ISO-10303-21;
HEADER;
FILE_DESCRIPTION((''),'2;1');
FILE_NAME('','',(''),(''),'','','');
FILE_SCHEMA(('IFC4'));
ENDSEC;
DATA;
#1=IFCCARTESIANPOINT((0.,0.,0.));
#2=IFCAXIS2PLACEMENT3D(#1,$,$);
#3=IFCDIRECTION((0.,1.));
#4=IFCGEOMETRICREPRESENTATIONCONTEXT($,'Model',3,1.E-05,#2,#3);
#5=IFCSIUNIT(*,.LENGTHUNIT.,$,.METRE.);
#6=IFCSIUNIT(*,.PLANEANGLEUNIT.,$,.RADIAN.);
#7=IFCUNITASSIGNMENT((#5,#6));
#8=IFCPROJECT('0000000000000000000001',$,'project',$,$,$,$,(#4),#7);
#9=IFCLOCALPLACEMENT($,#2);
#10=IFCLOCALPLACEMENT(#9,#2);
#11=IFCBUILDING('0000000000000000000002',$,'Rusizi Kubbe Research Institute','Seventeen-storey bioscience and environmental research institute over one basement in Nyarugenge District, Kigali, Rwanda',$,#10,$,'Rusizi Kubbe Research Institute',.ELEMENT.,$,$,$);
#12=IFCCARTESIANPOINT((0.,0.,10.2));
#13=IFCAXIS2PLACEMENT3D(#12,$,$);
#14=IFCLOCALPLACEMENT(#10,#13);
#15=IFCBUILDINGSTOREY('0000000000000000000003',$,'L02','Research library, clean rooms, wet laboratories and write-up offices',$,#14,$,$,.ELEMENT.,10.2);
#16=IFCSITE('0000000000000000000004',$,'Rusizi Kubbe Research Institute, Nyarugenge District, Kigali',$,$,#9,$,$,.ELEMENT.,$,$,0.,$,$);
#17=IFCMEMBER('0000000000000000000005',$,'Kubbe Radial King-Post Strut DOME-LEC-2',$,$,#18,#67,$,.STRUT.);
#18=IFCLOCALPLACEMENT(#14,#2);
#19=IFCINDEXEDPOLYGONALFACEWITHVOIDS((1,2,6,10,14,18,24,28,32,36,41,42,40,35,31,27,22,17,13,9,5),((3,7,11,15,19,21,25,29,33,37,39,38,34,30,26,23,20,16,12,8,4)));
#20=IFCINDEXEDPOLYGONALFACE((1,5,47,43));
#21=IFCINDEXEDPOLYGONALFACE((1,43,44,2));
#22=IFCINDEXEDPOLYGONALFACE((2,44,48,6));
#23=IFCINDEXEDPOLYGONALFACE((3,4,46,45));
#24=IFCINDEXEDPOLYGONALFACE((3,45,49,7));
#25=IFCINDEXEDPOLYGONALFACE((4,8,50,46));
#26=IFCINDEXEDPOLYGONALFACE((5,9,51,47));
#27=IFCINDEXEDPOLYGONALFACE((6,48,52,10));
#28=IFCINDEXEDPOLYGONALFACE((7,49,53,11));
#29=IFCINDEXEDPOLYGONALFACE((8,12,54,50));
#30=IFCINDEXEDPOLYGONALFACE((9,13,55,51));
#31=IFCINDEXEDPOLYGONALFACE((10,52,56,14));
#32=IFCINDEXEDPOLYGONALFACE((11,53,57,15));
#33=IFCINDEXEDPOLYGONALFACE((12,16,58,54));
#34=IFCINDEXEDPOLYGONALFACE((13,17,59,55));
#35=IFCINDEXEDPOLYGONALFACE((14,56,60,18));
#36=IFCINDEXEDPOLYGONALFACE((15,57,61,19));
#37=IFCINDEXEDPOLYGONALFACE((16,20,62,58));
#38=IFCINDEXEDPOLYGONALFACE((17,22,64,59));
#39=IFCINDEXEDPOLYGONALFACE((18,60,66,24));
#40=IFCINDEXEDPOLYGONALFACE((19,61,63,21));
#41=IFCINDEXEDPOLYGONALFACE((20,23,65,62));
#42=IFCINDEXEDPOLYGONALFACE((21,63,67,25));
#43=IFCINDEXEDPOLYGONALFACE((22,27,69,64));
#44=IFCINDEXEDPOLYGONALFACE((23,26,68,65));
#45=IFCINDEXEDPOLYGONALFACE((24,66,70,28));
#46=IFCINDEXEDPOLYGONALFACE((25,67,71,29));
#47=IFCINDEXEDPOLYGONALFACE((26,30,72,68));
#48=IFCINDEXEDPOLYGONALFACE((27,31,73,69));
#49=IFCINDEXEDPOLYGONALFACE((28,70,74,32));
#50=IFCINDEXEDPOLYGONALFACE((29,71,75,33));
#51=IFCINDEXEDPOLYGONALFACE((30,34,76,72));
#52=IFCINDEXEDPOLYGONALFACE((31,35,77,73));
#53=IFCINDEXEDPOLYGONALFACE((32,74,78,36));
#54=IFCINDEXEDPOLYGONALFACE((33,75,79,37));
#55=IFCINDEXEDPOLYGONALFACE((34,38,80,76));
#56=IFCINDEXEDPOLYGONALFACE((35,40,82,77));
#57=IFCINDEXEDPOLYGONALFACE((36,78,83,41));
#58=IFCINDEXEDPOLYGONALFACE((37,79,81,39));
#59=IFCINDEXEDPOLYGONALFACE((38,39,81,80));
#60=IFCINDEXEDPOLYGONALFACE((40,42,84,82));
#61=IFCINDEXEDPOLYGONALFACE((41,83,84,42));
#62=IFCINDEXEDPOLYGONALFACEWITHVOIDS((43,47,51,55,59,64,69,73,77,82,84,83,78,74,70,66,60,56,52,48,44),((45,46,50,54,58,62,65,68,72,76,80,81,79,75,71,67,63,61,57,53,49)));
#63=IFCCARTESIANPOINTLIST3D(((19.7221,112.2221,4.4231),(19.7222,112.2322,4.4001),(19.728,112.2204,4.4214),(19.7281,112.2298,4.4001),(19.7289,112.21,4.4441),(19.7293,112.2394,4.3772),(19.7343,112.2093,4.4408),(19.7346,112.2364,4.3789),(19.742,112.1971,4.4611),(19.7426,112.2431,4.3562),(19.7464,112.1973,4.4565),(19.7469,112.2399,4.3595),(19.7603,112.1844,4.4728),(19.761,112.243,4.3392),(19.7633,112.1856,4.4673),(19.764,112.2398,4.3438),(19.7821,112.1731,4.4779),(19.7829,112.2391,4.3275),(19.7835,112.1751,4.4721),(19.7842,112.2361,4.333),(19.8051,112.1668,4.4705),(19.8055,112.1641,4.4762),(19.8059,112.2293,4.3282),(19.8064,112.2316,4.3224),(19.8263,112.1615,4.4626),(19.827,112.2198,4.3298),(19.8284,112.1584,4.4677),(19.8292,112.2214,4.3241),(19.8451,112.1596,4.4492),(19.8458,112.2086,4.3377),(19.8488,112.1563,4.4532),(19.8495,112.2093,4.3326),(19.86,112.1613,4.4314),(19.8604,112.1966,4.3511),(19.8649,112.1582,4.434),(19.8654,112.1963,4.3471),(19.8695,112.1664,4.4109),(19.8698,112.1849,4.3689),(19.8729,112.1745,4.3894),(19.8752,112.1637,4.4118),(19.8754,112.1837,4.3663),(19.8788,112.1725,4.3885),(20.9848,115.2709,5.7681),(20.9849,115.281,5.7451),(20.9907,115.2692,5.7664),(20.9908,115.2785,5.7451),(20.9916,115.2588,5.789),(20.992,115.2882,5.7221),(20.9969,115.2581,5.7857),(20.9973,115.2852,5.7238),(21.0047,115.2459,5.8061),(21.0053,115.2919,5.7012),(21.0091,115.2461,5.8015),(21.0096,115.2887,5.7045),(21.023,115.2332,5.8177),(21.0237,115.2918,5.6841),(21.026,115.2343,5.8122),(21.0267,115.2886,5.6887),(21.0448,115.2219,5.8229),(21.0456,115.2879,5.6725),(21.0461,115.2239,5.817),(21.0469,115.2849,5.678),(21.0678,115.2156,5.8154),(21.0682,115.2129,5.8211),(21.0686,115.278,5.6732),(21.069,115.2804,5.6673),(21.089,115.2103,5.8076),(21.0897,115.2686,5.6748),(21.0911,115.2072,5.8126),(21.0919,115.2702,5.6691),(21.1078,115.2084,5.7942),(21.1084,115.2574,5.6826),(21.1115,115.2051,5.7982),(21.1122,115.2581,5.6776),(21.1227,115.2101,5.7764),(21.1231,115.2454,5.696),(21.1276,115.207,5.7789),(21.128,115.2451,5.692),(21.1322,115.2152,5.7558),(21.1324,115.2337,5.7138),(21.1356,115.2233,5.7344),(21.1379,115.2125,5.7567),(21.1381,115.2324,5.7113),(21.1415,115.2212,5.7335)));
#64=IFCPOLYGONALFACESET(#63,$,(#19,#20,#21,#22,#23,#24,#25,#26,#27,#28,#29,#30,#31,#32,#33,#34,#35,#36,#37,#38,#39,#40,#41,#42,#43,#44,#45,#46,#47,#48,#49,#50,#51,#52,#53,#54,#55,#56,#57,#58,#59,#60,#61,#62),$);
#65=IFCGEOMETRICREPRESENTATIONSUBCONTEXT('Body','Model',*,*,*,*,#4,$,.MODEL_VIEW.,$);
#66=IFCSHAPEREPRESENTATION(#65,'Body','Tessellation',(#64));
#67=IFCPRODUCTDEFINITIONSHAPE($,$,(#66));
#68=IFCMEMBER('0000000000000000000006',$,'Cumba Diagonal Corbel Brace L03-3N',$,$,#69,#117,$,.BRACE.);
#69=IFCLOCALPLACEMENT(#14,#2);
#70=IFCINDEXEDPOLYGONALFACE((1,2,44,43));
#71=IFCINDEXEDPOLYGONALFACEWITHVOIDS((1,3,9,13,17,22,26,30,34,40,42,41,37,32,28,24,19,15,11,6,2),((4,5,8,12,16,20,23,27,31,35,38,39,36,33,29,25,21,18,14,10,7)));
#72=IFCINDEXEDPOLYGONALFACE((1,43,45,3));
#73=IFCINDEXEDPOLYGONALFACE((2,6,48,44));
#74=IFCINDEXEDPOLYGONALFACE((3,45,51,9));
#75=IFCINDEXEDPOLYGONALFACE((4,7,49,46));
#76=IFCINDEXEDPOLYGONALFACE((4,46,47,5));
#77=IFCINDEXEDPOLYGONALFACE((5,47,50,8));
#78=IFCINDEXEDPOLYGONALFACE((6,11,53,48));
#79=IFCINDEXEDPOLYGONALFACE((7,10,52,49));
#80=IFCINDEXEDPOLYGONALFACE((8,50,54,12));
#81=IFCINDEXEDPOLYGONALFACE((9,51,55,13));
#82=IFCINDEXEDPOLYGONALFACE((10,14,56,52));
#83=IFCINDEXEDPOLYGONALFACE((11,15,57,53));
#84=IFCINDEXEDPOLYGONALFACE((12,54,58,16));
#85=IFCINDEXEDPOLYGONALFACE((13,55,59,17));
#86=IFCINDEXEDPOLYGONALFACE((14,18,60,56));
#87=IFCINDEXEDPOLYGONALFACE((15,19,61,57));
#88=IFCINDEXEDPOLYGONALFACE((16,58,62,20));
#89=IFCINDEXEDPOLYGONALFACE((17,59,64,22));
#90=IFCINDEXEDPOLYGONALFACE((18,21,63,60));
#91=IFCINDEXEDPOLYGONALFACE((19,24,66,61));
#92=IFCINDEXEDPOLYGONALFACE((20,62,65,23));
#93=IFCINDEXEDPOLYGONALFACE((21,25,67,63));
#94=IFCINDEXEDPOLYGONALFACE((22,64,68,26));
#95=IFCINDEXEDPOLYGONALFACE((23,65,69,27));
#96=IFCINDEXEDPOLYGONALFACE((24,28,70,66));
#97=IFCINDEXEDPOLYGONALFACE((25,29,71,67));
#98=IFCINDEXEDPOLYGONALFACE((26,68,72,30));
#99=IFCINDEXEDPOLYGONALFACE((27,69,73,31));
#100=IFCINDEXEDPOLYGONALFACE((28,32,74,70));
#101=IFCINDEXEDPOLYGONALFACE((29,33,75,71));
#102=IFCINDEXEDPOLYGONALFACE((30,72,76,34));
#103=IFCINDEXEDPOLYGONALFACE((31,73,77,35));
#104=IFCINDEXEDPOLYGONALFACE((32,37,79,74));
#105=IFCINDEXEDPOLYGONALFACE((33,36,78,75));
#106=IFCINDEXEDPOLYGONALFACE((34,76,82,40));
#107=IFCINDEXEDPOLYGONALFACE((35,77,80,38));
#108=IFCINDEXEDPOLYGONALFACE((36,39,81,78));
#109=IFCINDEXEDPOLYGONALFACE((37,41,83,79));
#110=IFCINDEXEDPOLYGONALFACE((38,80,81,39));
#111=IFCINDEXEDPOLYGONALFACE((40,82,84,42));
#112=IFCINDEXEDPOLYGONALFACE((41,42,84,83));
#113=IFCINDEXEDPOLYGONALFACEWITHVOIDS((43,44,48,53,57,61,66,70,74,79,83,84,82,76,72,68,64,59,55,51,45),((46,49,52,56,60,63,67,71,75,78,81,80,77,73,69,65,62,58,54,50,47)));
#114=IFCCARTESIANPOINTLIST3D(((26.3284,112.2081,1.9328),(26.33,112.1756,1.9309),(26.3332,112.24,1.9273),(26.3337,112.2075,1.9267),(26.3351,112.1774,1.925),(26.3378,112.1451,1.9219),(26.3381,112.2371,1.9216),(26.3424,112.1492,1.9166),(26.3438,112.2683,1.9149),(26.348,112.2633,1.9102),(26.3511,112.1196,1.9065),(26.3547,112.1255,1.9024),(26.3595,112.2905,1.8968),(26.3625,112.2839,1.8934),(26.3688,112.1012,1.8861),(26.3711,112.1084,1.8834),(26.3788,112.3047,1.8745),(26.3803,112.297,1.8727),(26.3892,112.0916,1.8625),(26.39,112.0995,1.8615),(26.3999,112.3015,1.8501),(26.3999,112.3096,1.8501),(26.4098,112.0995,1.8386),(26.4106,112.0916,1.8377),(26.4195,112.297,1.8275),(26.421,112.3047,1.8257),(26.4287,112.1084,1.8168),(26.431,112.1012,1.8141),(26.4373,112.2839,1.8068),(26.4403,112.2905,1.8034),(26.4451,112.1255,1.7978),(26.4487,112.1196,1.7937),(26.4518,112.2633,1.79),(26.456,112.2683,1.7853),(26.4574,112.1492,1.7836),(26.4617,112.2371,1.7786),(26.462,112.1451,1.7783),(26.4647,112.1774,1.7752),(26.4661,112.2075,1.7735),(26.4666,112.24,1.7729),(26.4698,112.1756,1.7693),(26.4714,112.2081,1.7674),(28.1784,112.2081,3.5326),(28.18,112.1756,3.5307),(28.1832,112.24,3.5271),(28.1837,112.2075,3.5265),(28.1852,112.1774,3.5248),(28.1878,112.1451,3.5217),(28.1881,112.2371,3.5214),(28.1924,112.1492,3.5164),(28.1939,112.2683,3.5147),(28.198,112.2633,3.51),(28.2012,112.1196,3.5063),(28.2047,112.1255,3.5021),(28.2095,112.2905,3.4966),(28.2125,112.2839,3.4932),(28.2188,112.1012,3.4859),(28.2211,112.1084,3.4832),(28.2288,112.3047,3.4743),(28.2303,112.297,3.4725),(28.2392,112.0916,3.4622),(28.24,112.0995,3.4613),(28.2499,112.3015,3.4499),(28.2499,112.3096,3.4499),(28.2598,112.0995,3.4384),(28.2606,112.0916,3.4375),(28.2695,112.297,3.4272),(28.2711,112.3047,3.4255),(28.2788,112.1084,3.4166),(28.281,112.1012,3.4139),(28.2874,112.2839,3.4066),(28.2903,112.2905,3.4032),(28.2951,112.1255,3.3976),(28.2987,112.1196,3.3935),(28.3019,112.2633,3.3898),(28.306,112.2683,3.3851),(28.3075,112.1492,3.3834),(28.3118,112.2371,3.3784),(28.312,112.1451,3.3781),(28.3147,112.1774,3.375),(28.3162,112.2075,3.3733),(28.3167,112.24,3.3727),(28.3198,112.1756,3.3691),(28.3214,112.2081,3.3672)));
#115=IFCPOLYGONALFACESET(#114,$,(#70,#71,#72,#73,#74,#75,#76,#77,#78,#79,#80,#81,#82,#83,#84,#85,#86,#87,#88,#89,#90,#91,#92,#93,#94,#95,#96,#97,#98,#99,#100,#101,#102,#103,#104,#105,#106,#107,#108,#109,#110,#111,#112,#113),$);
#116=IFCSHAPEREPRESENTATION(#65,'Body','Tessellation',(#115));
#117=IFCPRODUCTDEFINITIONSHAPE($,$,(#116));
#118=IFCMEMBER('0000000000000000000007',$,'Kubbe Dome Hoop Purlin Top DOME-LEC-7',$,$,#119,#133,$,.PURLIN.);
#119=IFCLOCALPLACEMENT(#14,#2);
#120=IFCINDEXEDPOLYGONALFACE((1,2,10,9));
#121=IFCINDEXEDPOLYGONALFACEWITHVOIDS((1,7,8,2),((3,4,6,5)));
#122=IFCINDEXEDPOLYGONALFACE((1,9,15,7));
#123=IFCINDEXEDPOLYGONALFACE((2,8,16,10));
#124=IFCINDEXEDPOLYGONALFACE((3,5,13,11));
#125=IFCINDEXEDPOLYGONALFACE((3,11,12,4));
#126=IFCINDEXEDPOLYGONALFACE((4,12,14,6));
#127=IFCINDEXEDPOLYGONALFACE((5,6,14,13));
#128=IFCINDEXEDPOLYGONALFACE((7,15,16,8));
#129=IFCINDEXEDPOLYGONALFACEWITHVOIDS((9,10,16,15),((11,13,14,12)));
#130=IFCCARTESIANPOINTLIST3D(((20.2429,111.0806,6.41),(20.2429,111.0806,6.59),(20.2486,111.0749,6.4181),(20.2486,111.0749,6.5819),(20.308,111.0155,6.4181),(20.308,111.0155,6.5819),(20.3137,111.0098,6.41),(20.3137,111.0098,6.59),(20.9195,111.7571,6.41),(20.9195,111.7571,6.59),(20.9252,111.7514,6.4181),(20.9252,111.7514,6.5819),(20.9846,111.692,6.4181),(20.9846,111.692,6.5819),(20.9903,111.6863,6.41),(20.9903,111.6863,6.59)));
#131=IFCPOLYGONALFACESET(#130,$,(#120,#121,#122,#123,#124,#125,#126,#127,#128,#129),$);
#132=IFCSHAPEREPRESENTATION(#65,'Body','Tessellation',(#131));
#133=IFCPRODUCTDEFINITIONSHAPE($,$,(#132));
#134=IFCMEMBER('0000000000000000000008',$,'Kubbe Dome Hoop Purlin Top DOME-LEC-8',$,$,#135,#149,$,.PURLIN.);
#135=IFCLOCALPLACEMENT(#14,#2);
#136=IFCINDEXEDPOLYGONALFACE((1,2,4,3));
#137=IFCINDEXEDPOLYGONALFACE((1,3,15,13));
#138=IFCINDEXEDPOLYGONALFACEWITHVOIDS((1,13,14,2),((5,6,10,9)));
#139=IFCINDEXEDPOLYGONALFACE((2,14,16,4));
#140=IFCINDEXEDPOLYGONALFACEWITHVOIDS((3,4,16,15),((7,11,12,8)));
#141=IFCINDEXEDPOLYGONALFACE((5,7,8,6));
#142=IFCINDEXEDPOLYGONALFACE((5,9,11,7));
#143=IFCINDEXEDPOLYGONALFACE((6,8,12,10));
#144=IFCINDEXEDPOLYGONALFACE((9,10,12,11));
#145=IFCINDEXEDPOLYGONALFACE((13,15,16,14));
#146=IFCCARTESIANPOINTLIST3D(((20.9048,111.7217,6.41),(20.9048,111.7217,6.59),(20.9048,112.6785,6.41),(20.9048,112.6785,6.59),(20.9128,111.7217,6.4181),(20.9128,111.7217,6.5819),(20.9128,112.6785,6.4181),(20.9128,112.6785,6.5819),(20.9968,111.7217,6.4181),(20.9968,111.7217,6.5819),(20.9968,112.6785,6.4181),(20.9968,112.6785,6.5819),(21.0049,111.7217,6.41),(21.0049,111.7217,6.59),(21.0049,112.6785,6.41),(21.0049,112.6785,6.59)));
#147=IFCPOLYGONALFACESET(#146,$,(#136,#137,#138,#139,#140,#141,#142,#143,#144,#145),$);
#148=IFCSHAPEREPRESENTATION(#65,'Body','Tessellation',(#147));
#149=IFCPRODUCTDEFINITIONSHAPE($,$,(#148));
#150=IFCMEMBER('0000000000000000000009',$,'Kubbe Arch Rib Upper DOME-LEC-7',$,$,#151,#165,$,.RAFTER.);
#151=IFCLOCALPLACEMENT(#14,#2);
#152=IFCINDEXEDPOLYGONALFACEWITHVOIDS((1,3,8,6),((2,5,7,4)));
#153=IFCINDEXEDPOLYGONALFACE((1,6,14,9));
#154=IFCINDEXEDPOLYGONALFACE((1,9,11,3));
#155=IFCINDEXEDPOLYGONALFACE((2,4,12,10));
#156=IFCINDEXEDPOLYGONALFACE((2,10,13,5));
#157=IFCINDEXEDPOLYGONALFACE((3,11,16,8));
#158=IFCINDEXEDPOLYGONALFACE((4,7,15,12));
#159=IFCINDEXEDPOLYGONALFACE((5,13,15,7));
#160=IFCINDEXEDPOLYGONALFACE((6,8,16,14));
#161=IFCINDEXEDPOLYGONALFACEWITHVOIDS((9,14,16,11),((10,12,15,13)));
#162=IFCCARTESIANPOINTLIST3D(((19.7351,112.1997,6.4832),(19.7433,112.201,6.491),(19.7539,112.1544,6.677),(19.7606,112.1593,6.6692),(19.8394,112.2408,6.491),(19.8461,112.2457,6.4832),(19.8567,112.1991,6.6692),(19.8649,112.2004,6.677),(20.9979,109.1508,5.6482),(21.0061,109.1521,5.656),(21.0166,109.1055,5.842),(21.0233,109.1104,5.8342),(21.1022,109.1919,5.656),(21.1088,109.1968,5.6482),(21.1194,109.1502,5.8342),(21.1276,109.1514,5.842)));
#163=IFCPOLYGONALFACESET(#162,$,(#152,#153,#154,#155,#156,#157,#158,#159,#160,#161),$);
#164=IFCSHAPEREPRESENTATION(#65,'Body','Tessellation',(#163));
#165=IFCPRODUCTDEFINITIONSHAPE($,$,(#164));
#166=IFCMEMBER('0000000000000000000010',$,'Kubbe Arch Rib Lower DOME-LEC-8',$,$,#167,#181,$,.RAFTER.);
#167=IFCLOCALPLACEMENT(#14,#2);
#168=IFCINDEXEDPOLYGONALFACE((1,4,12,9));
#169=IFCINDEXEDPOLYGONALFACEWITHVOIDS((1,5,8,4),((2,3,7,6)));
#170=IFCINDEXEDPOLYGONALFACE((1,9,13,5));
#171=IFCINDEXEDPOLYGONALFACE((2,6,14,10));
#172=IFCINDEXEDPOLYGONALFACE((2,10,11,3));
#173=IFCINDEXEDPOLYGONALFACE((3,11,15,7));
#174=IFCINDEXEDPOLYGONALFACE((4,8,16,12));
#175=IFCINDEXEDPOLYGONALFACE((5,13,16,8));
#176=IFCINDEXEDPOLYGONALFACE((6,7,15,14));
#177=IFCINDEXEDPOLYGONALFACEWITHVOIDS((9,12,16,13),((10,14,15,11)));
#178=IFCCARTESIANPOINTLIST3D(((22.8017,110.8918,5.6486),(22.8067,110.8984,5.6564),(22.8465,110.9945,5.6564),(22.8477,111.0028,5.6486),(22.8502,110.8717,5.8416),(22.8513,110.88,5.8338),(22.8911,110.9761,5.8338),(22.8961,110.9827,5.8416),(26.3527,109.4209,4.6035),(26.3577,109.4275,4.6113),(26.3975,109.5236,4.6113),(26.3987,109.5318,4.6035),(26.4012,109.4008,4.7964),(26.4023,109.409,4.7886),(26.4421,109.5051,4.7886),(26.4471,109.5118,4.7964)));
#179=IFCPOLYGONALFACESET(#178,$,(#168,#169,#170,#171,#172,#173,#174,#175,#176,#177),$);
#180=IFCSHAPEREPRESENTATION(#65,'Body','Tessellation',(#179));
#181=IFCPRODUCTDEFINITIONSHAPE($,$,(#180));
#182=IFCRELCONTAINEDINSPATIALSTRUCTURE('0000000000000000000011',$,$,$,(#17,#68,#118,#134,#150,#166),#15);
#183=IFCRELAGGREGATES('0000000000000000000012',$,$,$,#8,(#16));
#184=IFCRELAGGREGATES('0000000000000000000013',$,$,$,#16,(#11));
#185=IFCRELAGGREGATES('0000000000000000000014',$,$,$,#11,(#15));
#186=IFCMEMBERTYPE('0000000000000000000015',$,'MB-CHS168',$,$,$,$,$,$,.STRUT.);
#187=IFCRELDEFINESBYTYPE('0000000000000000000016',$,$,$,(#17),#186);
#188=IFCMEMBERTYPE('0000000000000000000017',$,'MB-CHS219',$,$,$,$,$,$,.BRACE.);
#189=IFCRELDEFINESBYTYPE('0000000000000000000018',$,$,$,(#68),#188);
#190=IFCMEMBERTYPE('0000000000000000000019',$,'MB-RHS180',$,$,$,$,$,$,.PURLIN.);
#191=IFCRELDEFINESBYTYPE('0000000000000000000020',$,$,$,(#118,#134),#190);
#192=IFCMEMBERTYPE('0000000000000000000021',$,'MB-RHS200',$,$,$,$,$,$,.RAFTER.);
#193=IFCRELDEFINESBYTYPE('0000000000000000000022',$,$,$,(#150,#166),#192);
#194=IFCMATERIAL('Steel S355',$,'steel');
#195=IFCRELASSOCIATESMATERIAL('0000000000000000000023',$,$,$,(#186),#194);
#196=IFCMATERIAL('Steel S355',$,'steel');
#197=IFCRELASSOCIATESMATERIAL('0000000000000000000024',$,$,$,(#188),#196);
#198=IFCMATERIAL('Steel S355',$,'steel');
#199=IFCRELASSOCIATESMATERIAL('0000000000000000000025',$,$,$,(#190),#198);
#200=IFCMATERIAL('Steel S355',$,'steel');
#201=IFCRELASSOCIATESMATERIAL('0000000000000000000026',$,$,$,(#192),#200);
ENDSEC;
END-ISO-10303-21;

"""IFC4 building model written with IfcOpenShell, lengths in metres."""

from ifc_helpers import new_model, si_unit, direction, frame, origin, origin_2d, place, context, subcontext, project, spatial, hollow_rectangle, hollow_circle, extrude, material, material_profile, profile_set, type_object, element, save


model = new_model("IFC4")

# Units and contexts
model_context = context("Model", 3, precision=1e-05, world=origin(), true_north=direction((0.0, 1.0)))
body_context = subcontext(model_context, "Body", "Model", "MODEL_VIEW")
ifc_project = project(units=[si_unit("LENGTHUNIT", "METRE"), si_unit("PLANEANGLEUNIT", "RADIAN")], contexts=[model_context])

# Site, building, storey
site_placement = place(None, origin())
site = spatial("IfcSite", under=ifc_project, at=site_placement, Name="Rusizi Kubbe Research Institute, Nyarugenge District, Kigali", CompositionType="ELEMENT", RefElevation=0.0)
building_placement = place(site_placement, origin())
building = spatial("IfcBuilding", under=site, at=building_placement, Name="Rusizi Kubbe Research Institute", Description="Seventeen-storey bioscience and environmental research institute over one basement in Nyarugenge District, Kigali, Rwanda", LongName="Rusizi Kubbe Research Institute", CompositionType="ELEMENT")
storey_placement = place(building_placement, frame((0.0, 0.0, 10.2)))
storey = spatial("IfcBuildingStorey", under=building, at=storey_placement, Name="L02", Description="Research library, clean rooms, wet laboratories and write-up offices", CompositionType="ELEMENT", Elevation=10.2)

# Members
ifc_material_1 = material(Name="Steel S355", Category="steel")
ifc_material_profile_1 = material_profile(ifc_material_1, hollow_circle(Radius=0.0842, WallThickness=0.0063, at=origin_2d()), Name="CHS 168.3x6.3")
ifc_profile_set_1 = profile_set([ifc_material_profile_1], Name="Steel S355")
member_type_1 = type_object("IfcMemberType", Name="MB-CHS168", PredefinedType="STRUT", material=ifc_profile_set_1)
member_1_placement = place(storey_placement, frame((19.8, 112.2, 4.4001), z_axis=(0.354339, 0.855566, 0.377427), x_axis=(-0.923898, 0.382639, 0.0)))
element("IfcMember", 1, at=member_1_placement, inside=storey, type_object=member_type_1, Name="Kubbe Radial King-Post Strut DOME-LEC-2", PredefinedType="STRUT", context=body_context, shape_type="SweptSolid", body=[
    extrude(hollow_circle(Radius=0.0842, WallThickness=0.0063, at=origin_2d()), origin(), (0.0, 0.0, 1.0), 3.5635),
])
ifc_material_2 = material(Name="Steel S355", Category="steel")
ifc_material_profile_2 = material_profile(ifc_material_2, hollow_circle(Radius=0.1096, WallThickness=0.0081, at=origin_2d()), Name="CHS 219.1x8.0")
ifc_profile_set_2 = profile_set([ifc_material_profile_2], Name="Steel S355")
member_type_2 = type_object("IfcMemberType", Name="MB-CHS219", PredefinedType="BRACE", material=ifc_profile_set_2)
member_2_placement = place(storey_placement, frame((26.3999, 112.2, 1.8501), z_axis=(0.75641, 0.0, 0.654098), x_axis=(0.0, 1.0, 0.0)))
element("IfcMember", 2, at=member_2_placement, inside=storey, type_object=member_type_2, Name="Cumba Diagonal Corbel Brace L03-3N", PredefinedType="BRACE", context=body_context, shape_type="SweptSolid", body=[
    extrude(hollow_circle(Radius=0.1096, WallThickness=0.0081, at=origin_2d()), origin(), (0.0, 0.0, 1.0), 2.4458),
])
ifc_material_3 = material(Name="Steel S355", Category="steel")
ifc_material_profile_3 = material_profile(ifc_material_3, hollow_rectangle(XDim=0.1001, YDim=0.1799, WallThickness=0.0081, at=origin_2d()), Name="RHS 180x100x8.0")
ifc_profile_set_3 = profile_set([ifc_material_profile_3], Name="Steel S355")
member_type_3 = type_object("IfcMemberType", Name="MB-RHS180", PredefinedType="PURLIN", material=ifc_profile_set_3)
for number, where, z_axis, x_axis, name in (
    (3, (20.2783, 111.0452, 6.5), (0.707107, 0.707107, 0.0), (-0.707107, 0.707107, 0.0), "Kubbe Dome Hoop Purlin Top DOME-LEC-7"),
    (4, (20.9548, 111.7217, 6.5), (0.0, 1.0, 0.0), (-1.0, 0.0, 0.0), "Kubbe Dome Hoop Purlin Top DOME-LEC-8"),
):
    element("IfcMember", number, at=place(storey_placement, frame(where, z_axis=z_axis, x_axis=x_axis)), inside=storey, type_object=member_type_3, Name=name, PredefinedType="PURLIN", context=body_context, shape_type="SweptSolid", body=[
        extrude(hollow_rectangle(XDim=0.1001, YDim=0.1799, WallThickness=0.0081, at=origin_2d()), origin(), (0.0, 0.0, 1.0), 0.9568),
    ])
ifc_material_4 = material(Name="Steel S355", Category="steel")
ifc_material_profile_4 = material_profile(ifc_material_4, hollow_rectangle(XDim=0.1201, YDim=0.2, WallThickness=0.0081, at=origin_2d()), Name="RHS 200x120x8.0")
ifc_profile_set_4 = profile_set([ifc_material_profile_4], Name="Steel S355")
member_type_4 = type_object("IfcMemberType", Name="MB-RHS200", PredefinedType="RAFTER", material=ifc_profile_set_4)
member_3_placement = place(storey_placement, frame((21.0627, 109.1511, 5.7451), z_axis=(-0.370949, 0.895672, 0.245291), x_axis=(-0.923898, -0.382639, 0.0)))
element("IfcMember", 5, at=member_3_placement, inside=storey, type_object=member_type_4, Name="Kubbe Arch Rib Upper DOME-LEC-7", PredefinedType="RAFTER", context=body_context, shape_type="SweptSolid", body=[
    extrude(hollow_rectangle(XDim=0.1201, YDim=0.2, WallThickness=0.0081, at=origin_2d()), origin(), (0.0, 0.0, 1.0), 3.4041),
])
member_4_placement = place(storey_placement, frame((26.3999, 109.4663, 4.7), z_axis=(-0.891502, 0.369288, 0.262394), x_axis=(-0.382698, -0.923874, 0.0)))
element("IfcMember", 6, at=member_4_placement, inside=storey, type_object=member_type_4, Name="Kubbe Arch Rib Lower DOME-LEC-8", PredefinedType="RAFTER", context=body_context, shape_type="SweptSolid", body=[
    extrude(hollow_rectangle(XDim=0.1201, YDim=0.2, WallThickness=0.0081, at=origin_2d()), origin(), (0.0, 0.0, 1.0), 3.9832),
])

save(model, "model.ifc")
